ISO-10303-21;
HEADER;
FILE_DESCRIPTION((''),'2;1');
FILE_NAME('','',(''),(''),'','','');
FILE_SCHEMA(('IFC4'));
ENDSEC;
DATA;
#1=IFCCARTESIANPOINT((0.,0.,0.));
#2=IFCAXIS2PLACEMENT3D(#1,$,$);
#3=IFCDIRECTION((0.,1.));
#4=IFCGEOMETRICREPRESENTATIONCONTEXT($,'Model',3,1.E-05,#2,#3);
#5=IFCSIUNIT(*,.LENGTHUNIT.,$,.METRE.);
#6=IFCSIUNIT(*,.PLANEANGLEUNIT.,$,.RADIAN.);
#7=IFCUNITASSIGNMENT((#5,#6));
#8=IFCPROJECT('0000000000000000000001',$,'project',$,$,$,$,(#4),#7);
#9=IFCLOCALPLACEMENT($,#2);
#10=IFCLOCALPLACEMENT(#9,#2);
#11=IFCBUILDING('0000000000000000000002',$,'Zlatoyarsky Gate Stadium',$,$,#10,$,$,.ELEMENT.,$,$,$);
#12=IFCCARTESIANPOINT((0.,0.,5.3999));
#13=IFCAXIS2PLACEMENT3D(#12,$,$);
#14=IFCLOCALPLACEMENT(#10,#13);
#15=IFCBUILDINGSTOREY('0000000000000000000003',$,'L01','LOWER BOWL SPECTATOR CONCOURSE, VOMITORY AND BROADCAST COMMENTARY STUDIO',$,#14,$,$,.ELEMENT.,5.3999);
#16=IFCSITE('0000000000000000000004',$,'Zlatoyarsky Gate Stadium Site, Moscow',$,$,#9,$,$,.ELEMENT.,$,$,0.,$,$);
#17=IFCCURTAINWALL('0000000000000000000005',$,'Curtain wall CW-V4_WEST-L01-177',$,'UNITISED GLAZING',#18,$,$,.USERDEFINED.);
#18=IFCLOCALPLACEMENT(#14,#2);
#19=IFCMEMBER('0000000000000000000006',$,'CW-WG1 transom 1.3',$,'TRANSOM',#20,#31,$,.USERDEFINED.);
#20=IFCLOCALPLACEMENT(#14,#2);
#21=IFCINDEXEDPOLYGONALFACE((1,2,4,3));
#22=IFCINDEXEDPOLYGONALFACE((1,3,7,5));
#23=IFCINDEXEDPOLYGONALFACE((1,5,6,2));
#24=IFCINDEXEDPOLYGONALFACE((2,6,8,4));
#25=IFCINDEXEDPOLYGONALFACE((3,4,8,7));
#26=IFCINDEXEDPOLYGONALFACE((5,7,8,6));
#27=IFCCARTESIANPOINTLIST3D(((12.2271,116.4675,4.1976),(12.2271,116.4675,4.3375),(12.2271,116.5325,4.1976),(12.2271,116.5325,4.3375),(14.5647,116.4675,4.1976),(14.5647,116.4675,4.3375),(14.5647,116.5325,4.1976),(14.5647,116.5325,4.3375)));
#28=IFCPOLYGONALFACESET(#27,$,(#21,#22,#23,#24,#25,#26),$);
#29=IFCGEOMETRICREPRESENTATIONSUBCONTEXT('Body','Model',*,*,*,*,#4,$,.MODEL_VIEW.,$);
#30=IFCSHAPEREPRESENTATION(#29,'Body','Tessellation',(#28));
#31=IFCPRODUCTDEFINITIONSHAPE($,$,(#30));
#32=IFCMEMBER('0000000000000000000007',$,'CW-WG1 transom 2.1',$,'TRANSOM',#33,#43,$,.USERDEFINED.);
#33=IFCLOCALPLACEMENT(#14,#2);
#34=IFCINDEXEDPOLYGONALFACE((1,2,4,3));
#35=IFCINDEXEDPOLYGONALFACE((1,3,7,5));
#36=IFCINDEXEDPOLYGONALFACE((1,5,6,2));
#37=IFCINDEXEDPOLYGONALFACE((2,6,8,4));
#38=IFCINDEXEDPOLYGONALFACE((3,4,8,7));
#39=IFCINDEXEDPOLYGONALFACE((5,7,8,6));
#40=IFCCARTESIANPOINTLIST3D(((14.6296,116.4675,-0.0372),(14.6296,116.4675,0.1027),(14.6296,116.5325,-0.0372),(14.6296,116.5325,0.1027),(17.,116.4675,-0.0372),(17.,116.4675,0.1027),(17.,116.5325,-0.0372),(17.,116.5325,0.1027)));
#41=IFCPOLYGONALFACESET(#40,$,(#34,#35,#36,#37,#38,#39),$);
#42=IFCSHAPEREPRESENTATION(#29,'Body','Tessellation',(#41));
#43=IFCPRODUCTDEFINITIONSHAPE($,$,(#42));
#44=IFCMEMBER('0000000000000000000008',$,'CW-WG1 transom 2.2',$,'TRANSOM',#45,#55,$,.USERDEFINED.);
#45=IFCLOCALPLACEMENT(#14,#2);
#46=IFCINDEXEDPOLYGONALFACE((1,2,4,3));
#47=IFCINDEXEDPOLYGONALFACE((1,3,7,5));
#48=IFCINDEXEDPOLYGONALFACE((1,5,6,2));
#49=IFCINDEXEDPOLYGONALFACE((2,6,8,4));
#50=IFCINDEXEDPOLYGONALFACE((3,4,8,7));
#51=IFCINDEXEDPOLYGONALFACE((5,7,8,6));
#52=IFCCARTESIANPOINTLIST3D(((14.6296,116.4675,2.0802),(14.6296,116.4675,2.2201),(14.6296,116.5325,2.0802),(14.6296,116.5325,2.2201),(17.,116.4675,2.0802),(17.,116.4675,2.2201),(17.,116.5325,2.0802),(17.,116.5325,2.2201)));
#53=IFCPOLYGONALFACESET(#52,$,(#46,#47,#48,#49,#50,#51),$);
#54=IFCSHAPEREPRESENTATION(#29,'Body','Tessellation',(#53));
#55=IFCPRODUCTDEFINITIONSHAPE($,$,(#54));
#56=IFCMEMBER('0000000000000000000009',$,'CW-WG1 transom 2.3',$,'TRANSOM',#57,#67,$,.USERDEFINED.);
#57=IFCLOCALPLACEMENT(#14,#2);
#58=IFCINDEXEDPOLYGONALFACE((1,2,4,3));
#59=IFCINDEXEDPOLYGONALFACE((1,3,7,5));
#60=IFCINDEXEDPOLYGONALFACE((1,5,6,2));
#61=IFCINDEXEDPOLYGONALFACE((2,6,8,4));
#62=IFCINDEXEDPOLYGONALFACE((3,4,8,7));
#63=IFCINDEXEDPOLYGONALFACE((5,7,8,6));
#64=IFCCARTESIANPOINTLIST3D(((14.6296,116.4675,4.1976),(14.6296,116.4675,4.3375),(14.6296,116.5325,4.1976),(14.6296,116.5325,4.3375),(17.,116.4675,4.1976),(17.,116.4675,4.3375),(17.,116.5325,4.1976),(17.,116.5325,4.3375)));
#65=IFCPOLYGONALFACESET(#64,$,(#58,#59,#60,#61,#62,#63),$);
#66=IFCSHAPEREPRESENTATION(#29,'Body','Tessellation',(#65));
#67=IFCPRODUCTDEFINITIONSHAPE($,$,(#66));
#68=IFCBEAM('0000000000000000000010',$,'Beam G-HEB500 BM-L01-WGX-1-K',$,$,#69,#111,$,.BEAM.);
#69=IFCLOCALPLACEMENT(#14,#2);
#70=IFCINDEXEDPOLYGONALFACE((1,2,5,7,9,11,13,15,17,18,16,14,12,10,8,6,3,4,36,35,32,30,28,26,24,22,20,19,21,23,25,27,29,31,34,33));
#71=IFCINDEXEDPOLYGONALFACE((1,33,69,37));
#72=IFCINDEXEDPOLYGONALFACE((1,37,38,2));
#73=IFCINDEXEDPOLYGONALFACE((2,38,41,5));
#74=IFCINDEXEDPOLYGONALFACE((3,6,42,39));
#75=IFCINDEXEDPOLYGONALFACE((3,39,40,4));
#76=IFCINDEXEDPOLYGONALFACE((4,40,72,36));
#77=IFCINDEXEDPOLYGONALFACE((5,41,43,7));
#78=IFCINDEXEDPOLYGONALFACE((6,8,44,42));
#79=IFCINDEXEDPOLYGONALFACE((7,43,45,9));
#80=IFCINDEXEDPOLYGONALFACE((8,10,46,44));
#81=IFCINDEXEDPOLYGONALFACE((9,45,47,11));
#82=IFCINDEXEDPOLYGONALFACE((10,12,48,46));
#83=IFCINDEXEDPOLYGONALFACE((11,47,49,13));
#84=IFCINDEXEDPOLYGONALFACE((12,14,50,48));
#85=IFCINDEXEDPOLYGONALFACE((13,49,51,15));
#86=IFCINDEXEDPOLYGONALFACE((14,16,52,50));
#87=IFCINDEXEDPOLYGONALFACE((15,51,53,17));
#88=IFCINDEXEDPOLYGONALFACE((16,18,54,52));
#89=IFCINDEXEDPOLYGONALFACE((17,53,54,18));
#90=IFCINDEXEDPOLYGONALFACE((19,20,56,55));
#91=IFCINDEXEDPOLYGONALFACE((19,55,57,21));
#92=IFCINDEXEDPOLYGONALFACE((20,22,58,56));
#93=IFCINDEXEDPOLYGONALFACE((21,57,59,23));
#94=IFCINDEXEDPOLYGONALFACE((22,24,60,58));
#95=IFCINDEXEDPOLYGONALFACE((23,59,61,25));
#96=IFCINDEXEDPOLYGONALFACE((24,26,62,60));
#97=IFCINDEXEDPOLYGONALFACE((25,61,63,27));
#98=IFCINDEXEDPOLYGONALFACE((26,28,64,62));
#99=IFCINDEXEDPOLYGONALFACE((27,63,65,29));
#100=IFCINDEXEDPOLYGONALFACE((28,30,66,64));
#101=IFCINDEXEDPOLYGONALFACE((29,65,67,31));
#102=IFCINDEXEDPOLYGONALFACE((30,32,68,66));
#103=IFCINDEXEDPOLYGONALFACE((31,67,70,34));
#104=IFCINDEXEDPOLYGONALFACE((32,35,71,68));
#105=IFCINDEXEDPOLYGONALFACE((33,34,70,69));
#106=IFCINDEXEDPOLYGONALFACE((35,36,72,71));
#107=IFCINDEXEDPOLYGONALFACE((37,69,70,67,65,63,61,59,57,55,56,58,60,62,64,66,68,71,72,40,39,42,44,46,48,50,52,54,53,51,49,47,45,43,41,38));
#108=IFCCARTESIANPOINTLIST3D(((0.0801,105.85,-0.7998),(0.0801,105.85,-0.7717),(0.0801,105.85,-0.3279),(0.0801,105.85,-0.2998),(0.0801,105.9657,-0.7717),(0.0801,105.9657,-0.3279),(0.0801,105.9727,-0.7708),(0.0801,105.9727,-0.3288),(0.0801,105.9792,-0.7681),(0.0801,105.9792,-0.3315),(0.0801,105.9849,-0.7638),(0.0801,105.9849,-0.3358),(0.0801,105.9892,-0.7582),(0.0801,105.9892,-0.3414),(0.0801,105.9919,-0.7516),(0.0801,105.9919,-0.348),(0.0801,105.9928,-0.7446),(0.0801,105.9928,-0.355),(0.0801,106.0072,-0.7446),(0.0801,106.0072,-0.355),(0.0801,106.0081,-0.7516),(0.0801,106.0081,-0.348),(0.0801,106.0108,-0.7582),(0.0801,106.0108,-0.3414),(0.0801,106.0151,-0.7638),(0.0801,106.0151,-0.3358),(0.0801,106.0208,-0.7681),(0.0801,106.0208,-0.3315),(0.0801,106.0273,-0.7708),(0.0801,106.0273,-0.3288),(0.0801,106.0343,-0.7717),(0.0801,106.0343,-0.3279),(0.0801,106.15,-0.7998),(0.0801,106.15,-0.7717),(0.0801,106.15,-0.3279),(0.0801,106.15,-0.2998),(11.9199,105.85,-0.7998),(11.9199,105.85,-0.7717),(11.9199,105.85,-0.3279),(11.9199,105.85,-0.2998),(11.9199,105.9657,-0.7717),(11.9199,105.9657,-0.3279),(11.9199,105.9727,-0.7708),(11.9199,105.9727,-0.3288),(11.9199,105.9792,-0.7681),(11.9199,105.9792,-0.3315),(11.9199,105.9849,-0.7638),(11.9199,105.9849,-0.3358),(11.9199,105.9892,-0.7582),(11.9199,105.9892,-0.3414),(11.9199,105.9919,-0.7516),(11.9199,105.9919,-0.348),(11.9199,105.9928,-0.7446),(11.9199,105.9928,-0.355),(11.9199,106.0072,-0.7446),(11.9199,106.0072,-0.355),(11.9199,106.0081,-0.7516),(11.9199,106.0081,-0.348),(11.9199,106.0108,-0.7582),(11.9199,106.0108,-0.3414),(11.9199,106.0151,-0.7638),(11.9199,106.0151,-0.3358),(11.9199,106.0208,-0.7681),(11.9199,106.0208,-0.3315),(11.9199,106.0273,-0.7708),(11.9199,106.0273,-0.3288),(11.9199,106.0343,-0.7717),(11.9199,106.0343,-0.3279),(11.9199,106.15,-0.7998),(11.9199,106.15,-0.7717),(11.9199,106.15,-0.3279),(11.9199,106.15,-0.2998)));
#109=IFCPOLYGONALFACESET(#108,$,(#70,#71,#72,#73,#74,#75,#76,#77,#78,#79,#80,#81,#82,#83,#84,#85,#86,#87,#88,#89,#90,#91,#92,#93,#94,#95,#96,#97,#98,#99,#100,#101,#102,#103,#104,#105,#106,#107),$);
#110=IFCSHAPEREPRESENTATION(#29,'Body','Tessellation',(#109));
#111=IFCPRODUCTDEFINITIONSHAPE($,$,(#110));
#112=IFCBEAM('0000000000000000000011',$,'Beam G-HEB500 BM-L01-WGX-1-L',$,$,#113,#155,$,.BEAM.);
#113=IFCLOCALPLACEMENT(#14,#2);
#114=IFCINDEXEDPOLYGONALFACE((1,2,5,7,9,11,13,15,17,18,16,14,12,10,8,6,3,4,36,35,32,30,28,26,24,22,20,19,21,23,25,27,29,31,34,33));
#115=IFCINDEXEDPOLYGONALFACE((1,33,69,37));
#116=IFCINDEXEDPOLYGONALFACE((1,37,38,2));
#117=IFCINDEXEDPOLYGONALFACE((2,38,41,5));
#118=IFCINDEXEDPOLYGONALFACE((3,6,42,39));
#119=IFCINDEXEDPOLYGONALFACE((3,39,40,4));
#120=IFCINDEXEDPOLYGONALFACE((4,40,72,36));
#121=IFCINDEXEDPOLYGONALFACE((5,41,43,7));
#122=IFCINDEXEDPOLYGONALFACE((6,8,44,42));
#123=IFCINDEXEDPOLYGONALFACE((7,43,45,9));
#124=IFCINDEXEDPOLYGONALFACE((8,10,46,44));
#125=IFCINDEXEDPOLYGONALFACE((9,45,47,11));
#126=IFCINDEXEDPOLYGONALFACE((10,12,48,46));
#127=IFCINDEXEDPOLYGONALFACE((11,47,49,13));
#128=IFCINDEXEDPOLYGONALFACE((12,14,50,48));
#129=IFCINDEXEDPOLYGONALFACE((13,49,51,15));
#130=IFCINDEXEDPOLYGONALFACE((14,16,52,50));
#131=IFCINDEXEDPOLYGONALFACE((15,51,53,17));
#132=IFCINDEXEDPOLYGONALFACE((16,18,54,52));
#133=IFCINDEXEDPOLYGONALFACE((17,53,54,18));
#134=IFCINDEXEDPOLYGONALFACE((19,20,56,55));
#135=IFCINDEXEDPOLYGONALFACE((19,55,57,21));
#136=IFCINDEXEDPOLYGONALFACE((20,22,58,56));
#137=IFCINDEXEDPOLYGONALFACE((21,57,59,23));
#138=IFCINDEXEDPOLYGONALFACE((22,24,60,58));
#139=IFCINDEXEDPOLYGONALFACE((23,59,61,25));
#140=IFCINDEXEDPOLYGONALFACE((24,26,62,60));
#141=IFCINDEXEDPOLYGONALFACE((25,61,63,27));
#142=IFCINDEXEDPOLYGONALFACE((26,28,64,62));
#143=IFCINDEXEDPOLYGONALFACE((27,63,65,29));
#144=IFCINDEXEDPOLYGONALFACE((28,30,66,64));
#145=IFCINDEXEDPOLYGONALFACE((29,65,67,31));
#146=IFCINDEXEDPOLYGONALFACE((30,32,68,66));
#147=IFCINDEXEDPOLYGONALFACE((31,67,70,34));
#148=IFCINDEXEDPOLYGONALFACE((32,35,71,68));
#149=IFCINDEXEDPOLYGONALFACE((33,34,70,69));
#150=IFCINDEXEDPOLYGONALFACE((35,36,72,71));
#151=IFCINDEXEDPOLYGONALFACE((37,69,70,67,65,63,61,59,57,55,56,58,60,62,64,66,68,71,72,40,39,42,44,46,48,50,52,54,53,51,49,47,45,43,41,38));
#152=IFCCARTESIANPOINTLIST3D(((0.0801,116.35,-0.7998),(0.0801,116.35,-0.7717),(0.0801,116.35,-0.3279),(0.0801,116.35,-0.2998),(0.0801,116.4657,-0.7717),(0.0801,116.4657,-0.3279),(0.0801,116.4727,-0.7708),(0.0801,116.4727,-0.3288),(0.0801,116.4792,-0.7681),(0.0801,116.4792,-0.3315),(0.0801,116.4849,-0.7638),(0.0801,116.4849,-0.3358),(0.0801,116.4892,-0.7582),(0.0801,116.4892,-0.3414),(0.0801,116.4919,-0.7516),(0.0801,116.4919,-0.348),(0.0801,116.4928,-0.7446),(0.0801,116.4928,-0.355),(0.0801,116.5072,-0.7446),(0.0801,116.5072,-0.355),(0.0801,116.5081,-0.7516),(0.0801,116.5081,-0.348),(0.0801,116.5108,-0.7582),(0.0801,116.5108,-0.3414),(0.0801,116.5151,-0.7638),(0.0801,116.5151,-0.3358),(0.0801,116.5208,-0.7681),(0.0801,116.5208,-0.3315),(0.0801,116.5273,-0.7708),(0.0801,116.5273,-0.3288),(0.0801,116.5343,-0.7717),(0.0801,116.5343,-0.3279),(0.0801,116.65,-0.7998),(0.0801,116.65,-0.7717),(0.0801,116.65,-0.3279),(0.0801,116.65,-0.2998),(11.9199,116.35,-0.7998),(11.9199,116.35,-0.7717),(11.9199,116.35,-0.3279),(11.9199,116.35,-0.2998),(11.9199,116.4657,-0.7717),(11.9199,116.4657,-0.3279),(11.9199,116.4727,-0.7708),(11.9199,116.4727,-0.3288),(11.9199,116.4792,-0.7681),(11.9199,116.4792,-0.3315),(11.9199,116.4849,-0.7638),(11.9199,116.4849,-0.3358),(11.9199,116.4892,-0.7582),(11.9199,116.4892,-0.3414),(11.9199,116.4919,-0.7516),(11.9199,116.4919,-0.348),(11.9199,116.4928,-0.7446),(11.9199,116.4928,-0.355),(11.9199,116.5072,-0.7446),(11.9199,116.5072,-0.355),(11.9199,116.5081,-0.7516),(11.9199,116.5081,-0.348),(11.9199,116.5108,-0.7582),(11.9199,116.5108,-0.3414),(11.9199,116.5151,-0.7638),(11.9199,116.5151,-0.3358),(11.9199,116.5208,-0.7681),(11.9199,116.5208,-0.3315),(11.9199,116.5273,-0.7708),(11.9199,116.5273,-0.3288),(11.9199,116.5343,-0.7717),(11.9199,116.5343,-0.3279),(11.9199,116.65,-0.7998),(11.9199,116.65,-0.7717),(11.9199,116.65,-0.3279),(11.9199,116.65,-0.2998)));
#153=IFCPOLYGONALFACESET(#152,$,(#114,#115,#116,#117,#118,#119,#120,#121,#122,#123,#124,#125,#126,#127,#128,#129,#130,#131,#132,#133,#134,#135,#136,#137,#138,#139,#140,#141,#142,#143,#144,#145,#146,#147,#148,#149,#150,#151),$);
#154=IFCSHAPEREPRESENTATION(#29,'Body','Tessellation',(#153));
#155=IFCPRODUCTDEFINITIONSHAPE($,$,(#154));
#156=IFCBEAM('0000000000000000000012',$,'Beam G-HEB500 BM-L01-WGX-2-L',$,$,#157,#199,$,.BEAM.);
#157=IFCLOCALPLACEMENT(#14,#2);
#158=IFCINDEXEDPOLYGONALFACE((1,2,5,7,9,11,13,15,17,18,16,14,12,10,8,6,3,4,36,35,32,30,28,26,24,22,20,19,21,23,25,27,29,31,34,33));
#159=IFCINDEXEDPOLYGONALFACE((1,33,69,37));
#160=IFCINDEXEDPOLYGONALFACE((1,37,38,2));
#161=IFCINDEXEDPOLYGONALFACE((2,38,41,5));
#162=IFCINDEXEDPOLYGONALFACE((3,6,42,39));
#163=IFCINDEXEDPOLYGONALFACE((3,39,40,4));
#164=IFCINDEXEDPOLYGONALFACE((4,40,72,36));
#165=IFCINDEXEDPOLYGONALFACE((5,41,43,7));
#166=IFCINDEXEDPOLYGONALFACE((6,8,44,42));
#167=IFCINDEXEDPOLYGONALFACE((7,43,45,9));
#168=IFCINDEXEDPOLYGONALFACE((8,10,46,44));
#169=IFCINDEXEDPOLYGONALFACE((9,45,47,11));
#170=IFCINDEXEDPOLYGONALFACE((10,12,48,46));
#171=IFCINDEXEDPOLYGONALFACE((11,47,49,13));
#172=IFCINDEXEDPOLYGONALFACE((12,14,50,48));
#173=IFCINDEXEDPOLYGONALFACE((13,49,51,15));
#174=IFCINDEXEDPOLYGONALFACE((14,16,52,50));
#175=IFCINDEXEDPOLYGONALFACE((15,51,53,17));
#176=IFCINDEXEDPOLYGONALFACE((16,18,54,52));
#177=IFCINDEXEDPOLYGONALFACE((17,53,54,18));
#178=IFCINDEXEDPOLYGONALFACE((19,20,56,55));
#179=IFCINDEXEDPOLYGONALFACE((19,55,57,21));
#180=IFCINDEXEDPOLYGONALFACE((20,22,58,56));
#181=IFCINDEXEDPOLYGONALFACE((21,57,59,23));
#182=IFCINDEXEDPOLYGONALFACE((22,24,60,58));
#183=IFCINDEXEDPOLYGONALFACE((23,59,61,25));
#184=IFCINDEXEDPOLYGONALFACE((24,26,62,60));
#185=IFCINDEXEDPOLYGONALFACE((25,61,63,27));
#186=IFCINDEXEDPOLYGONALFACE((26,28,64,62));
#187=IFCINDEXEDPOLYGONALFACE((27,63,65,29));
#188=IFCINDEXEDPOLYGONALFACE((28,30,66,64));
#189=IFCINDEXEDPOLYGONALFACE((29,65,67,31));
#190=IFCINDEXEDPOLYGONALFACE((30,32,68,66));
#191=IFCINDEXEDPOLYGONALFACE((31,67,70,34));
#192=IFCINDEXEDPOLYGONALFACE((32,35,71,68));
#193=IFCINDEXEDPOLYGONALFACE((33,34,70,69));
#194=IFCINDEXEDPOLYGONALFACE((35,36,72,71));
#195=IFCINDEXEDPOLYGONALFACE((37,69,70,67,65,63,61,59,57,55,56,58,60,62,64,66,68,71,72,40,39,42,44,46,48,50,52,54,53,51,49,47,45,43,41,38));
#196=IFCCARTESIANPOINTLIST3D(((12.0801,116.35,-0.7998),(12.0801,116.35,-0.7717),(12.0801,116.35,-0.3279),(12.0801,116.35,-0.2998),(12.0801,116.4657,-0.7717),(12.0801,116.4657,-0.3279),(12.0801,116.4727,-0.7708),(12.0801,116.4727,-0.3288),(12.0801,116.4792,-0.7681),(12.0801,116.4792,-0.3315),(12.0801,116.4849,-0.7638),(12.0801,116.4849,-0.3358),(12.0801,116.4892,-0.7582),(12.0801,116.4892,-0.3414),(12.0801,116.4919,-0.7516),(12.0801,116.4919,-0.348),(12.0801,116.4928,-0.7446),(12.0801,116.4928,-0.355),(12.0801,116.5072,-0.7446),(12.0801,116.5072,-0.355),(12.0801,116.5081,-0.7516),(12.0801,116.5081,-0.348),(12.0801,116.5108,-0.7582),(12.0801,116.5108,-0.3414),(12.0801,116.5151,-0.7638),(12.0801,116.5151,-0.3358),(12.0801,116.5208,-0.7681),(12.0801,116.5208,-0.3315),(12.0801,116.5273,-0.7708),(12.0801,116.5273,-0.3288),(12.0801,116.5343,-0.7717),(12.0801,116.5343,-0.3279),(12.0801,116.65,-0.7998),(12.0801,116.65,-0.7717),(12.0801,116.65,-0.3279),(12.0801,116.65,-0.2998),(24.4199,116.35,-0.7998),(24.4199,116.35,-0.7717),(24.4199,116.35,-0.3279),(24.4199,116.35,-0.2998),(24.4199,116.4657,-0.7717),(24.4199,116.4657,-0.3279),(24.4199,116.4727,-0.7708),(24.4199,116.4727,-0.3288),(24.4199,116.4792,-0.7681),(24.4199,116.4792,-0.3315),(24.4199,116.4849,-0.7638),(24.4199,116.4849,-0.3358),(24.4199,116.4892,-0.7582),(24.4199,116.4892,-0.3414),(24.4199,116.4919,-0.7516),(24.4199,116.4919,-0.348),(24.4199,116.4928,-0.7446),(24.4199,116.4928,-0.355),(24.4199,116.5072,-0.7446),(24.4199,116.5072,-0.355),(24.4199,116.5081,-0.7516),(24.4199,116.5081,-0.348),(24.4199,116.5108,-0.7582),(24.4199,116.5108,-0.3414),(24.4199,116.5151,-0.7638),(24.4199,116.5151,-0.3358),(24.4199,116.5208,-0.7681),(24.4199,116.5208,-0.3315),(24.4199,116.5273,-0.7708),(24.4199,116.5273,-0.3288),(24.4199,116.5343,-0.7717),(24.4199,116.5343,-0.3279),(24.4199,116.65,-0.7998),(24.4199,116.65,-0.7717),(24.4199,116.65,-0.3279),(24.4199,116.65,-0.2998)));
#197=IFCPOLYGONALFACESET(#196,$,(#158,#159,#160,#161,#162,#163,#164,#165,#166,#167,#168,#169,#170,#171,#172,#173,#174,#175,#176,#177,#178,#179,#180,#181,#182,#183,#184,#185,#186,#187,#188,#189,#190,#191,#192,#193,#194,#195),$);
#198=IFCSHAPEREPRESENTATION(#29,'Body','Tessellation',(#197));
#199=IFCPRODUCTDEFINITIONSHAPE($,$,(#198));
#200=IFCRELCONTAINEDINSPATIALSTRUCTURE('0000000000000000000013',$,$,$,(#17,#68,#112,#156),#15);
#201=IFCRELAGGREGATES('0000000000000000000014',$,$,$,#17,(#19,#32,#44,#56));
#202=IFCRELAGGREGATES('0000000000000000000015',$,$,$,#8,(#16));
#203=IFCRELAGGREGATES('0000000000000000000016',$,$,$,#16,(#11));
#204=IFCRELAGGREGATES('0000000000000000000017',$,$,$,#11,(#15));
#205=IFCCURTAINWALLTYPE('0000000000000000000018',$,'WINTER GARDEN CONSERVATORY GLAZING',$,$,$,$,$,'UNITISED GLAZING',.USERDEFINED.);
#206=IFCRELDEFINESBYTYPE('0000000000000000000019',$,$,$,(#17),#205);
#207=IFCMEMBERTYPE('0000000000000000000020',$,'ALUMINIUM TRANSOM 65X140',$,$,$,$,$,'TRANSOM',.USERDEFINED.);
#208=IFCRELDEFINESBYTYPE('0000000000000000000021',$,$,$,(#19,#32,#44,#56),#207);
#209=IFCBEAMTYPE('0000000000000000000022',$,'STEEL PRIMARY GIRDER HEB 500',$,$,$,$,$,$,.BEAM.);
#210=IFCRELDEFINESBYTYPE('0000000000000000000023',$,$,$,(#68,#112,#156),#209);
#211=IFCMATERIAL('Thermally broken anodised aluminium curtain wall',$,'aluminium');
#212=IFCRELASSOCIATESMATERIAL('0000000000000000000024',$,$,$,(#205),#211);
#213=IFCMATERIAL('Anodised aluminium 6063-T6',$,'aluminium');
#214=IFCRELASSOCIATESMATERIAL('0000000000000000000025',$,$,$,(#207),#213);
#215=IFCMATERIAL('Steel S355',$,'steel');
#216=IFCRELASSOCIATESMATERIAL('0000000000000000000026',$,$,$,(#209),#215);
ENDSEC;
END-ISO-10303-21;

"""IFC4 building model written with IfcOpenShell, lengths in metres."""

from ifc_helpers import new_model, si_unit, direction, frame, origin, origin_2d, place, context, subcontext, project, spatial, rectangle, i_section, extrude, material, material_profile, profile_set, type_object, element, aggregate, save


model = new_model("IFC4")

# Units and contexts
model_context = context("Model", 3, precision=1e-05, world=origin(), true_north=direction((0.0, 1.0)))
body_context = subcontext(model_context, "Body", "Model", "MODEL_VIEW")
ifc_project = project(units=[si_unit("LENGTHUNIT", "METRE"), si_unit("PLANEANGLEUNIT", "RADIAN")], contexts=[model_context])

# Site, building, storey
site_placement = place(None, origin())
site = spatial("IfcSite", under=ifc_project, at=site_placement, Name="Zlatoyarsky Gate Stadium Site, Moscow", CompositionType="ELEMENT", RefElevation=0.0)
building_placement = place(site_placement, origin())
building = spatial("IfcBuilding", under=site, at=building_placement, Name="Zlatoyarsky Gate Stadium", CompositionType="ELEMENT")
storey_placement = place(building_placement, frame((0.0, 0.0, 5.3999)))
storey = spatial("IfcBuildingStorey", under=building, at=storey_placement, Name="L01", Description="LOWER BOWL SPECTATOR CONCOURSE, VOMITORY AND BROADCAST COMMENTARY STUDIO", CompositionType="ELEMENT", Elevation=5.3999)

# Shared definitions
ifc_material_1 = material(Name="Steel S355", Category="steel")

# Curtain wall
ifc_material_2 = material(Name="Thermally broken anodised aluminium curtain wall", Category="aluminium")
curtain_wall_type_1 = type_object("IfcCurtainWallType", Name="WINTER GARDEN CONSERVATORY GLAZING", ElementType="UNITISED GLAZING", PredefinedType="USERDEFINED", material=ifc_material_2)
curtain_wall_1_placement = place(storey_placement, origin())
curtain_wall_1 = element("IfcCurtainWall", 1, at=curtain_wall_1_placement, inside=storey, type_object=curtain_wall_type_1, Name="Curtain wall CW-V4_WEST-L01-177", ObjectType="UNITISED GLAZING", PredefinedType="USERDEFINED")
ifc_material_3 = material(Name="Anodised aluminium 6063-T6", Category="aluminium")
ifc_material_profile_1 = material_profile(ifc_material_3, rectangle(XDim=0.0649, YDim=0.1399, at=origin_2d()), Name="ALU 65X140")
ifc_profile_set_1 = profile_set([ifc_material_profile_1], Name="Anodised aluminium 6063-T6")
member_type_1 = type_object("IfcMemberType", Name="ALUMINIUM TRANSOM 65X140", ElementType="TRANSOM", PredefinedType="USERDEFINED", material=ifc_profile_set_1)

# Members
member_1_placement = place(storey_placement, frame((12.2271, 116.5, 4.2676), z_axis=(1.0, 0.0, 0.0), x_axis=(0.0, 1.0, 0.0)))
member_1 = element("IfcMember", 2, at=member_1_placement, type_object=member_type_1, Name="CW-WG1 transom 1.3", ObjectType="TRANSOM", PredefinedType="USERDEFINED", context=body_context, shape_type="SweptSolid", body=[
    extrude(rectangle(XDim=0.0649, YDim=0.1399, at=origin_2d()), origin(), (0.0, 0.0, 1.0), 2.3376),
])
member_2_placement = place(storey_placement, frame((14.6296, 116.5, 0.0327), z_axis=(1.0, 0.0, 0.0), x_axis=(0.0, 1.0, 0.0)))
member_2 = element("IfcMember", 3, at=member_2_placement, type_object=member_type_1, Name="CW-WG1 transom 2.1", ObjectType="TRANSOM", PredefinedType="USERDEFINED", context=body_context, shape_type="SweptSolid", body=[
    extrude(rectangle(XDim=0.0649, YDim=0.1399, at=origin_2d()), origin(), (0.0, 0.0, 1.0), 2.3704),
])
member_3_placement = place(storey_placement, frame((14.6296, 116.5, 2.1501), z_axis=(1.0, 0.0, 0.0), x_axis=(0.0, 1.0, 0.0)))
member_3 = element("IfcMember", 4, at=member_3_placement, type_object=member_type_1, Name="CW-WG1 transom 2.2", ObjectType="TRANSOM", PredefinedType="USERDEFINED", context=body_context, shape_type="SweptSolid", body=[
    extrude(rectangle(XDim=0.0649, YDim=0.1399, at=origin_2d()), origin(), (0.0, 0.0, 1.0), 2.3704),
])
member_4_placement = place(storey_placement, frame((14.6296, 116.5, 4.2676), z_axis=(1.0, 0.0, 0.0), x_axis=(0.0, 1.0, 0.0)))
member_4 = element("IfcMember", 5, at=member_4_placement, type_object=member_type_1, Name="CW-WG1 transom 2.3", ObjectType="TRANSOM", PredefinedType="USERDEFINED", context=body_context, shape_type="SweptSolid", body=[
    extrude(rectangle(XDim=0.0649, YDim=0.1399, at=origin_2d()), origin(), (0.0, 0.0, 1.0), 2.3704),
])

# Beams
ifc_material_profile_2 = material_profile(ifc_material_1, i_section(OverallWidth=0.3, OverallDepth=0.5, WebThickness=0.0144, FlangeThickness=0.0281, FilletRadius=0.0271, at=origin_2d()), Name="HEB 500")
ifc_profile_set_2 = profile_set([ifc_material_profile_2], Name="Steel S355")
beam_type_1 = type_object("IfcBeamType", Name="STEEL PRIMARY GIRDER HEB 500", PredefinedType="BEAM", material=ifc_profile_set_2)
for number, where, z_axis, x_axis, name in (
    (6, (0.0801, 106.0, -0.5498), (1.0, 0.0, 0.0), (0.0, 1.0, 0.0), "Beam G-HEB500 BM-L01-WGX-1-K"),
    (7, (0.0801, 116.5, -0.5498), (1.0, 0.0, 0.0), (0.0, 1.0, 0.0), "Beam G-HEB500 BM-L01-WGX-1-L"),
):
    element("IfcBeam", number, at=place(storey_placement, frame(where, z_axis=z_axis, x_axis=x_axis)), inside=storey, type_object=beam_type_1, Name=name, PredefinedType="BEAM", context=body_context, shape_type="SweptSolid", body=[
        extrude(i_section(OverallWidth=0.3, OverallDepth=0.5, WebThickness=0.0144, FlangeThickness=0.0281, FilletRadius=0.0271, at=origin_2d()), origin(), (0.0, 0.0, 1.0), 11.8398),
    ])
beam_1_placement = place(storey_placement, frame((12.0801, 116.5, -0.5498), z_axis=(1.0, 0.0, 0.0), x_axis=(0.0, 1.0, 0.0)))
element("IfcBeam", 8, at=beam_1_placement, inside=storey, type_object=beam_type_1, Name="Beam G-HEB500 BM-L01-WGX-2-L", PredefinedType="BEAM", context=body_context, shape_type="SweptSolid", body=[
    extrude(i_section(OverallWidth=0.3, OverallDepth=0.5, WebThickness=0.0144, FlangeThickness=0.0281, FilletRadius=0.0271, at=origin_2d()), origin(), (0.0, 0.0, 1.0), 12.3398),
])

aggregate(curtain_wall_1, [member_1, member_2, member_3, member_4])

save(model, "model.ifc")
